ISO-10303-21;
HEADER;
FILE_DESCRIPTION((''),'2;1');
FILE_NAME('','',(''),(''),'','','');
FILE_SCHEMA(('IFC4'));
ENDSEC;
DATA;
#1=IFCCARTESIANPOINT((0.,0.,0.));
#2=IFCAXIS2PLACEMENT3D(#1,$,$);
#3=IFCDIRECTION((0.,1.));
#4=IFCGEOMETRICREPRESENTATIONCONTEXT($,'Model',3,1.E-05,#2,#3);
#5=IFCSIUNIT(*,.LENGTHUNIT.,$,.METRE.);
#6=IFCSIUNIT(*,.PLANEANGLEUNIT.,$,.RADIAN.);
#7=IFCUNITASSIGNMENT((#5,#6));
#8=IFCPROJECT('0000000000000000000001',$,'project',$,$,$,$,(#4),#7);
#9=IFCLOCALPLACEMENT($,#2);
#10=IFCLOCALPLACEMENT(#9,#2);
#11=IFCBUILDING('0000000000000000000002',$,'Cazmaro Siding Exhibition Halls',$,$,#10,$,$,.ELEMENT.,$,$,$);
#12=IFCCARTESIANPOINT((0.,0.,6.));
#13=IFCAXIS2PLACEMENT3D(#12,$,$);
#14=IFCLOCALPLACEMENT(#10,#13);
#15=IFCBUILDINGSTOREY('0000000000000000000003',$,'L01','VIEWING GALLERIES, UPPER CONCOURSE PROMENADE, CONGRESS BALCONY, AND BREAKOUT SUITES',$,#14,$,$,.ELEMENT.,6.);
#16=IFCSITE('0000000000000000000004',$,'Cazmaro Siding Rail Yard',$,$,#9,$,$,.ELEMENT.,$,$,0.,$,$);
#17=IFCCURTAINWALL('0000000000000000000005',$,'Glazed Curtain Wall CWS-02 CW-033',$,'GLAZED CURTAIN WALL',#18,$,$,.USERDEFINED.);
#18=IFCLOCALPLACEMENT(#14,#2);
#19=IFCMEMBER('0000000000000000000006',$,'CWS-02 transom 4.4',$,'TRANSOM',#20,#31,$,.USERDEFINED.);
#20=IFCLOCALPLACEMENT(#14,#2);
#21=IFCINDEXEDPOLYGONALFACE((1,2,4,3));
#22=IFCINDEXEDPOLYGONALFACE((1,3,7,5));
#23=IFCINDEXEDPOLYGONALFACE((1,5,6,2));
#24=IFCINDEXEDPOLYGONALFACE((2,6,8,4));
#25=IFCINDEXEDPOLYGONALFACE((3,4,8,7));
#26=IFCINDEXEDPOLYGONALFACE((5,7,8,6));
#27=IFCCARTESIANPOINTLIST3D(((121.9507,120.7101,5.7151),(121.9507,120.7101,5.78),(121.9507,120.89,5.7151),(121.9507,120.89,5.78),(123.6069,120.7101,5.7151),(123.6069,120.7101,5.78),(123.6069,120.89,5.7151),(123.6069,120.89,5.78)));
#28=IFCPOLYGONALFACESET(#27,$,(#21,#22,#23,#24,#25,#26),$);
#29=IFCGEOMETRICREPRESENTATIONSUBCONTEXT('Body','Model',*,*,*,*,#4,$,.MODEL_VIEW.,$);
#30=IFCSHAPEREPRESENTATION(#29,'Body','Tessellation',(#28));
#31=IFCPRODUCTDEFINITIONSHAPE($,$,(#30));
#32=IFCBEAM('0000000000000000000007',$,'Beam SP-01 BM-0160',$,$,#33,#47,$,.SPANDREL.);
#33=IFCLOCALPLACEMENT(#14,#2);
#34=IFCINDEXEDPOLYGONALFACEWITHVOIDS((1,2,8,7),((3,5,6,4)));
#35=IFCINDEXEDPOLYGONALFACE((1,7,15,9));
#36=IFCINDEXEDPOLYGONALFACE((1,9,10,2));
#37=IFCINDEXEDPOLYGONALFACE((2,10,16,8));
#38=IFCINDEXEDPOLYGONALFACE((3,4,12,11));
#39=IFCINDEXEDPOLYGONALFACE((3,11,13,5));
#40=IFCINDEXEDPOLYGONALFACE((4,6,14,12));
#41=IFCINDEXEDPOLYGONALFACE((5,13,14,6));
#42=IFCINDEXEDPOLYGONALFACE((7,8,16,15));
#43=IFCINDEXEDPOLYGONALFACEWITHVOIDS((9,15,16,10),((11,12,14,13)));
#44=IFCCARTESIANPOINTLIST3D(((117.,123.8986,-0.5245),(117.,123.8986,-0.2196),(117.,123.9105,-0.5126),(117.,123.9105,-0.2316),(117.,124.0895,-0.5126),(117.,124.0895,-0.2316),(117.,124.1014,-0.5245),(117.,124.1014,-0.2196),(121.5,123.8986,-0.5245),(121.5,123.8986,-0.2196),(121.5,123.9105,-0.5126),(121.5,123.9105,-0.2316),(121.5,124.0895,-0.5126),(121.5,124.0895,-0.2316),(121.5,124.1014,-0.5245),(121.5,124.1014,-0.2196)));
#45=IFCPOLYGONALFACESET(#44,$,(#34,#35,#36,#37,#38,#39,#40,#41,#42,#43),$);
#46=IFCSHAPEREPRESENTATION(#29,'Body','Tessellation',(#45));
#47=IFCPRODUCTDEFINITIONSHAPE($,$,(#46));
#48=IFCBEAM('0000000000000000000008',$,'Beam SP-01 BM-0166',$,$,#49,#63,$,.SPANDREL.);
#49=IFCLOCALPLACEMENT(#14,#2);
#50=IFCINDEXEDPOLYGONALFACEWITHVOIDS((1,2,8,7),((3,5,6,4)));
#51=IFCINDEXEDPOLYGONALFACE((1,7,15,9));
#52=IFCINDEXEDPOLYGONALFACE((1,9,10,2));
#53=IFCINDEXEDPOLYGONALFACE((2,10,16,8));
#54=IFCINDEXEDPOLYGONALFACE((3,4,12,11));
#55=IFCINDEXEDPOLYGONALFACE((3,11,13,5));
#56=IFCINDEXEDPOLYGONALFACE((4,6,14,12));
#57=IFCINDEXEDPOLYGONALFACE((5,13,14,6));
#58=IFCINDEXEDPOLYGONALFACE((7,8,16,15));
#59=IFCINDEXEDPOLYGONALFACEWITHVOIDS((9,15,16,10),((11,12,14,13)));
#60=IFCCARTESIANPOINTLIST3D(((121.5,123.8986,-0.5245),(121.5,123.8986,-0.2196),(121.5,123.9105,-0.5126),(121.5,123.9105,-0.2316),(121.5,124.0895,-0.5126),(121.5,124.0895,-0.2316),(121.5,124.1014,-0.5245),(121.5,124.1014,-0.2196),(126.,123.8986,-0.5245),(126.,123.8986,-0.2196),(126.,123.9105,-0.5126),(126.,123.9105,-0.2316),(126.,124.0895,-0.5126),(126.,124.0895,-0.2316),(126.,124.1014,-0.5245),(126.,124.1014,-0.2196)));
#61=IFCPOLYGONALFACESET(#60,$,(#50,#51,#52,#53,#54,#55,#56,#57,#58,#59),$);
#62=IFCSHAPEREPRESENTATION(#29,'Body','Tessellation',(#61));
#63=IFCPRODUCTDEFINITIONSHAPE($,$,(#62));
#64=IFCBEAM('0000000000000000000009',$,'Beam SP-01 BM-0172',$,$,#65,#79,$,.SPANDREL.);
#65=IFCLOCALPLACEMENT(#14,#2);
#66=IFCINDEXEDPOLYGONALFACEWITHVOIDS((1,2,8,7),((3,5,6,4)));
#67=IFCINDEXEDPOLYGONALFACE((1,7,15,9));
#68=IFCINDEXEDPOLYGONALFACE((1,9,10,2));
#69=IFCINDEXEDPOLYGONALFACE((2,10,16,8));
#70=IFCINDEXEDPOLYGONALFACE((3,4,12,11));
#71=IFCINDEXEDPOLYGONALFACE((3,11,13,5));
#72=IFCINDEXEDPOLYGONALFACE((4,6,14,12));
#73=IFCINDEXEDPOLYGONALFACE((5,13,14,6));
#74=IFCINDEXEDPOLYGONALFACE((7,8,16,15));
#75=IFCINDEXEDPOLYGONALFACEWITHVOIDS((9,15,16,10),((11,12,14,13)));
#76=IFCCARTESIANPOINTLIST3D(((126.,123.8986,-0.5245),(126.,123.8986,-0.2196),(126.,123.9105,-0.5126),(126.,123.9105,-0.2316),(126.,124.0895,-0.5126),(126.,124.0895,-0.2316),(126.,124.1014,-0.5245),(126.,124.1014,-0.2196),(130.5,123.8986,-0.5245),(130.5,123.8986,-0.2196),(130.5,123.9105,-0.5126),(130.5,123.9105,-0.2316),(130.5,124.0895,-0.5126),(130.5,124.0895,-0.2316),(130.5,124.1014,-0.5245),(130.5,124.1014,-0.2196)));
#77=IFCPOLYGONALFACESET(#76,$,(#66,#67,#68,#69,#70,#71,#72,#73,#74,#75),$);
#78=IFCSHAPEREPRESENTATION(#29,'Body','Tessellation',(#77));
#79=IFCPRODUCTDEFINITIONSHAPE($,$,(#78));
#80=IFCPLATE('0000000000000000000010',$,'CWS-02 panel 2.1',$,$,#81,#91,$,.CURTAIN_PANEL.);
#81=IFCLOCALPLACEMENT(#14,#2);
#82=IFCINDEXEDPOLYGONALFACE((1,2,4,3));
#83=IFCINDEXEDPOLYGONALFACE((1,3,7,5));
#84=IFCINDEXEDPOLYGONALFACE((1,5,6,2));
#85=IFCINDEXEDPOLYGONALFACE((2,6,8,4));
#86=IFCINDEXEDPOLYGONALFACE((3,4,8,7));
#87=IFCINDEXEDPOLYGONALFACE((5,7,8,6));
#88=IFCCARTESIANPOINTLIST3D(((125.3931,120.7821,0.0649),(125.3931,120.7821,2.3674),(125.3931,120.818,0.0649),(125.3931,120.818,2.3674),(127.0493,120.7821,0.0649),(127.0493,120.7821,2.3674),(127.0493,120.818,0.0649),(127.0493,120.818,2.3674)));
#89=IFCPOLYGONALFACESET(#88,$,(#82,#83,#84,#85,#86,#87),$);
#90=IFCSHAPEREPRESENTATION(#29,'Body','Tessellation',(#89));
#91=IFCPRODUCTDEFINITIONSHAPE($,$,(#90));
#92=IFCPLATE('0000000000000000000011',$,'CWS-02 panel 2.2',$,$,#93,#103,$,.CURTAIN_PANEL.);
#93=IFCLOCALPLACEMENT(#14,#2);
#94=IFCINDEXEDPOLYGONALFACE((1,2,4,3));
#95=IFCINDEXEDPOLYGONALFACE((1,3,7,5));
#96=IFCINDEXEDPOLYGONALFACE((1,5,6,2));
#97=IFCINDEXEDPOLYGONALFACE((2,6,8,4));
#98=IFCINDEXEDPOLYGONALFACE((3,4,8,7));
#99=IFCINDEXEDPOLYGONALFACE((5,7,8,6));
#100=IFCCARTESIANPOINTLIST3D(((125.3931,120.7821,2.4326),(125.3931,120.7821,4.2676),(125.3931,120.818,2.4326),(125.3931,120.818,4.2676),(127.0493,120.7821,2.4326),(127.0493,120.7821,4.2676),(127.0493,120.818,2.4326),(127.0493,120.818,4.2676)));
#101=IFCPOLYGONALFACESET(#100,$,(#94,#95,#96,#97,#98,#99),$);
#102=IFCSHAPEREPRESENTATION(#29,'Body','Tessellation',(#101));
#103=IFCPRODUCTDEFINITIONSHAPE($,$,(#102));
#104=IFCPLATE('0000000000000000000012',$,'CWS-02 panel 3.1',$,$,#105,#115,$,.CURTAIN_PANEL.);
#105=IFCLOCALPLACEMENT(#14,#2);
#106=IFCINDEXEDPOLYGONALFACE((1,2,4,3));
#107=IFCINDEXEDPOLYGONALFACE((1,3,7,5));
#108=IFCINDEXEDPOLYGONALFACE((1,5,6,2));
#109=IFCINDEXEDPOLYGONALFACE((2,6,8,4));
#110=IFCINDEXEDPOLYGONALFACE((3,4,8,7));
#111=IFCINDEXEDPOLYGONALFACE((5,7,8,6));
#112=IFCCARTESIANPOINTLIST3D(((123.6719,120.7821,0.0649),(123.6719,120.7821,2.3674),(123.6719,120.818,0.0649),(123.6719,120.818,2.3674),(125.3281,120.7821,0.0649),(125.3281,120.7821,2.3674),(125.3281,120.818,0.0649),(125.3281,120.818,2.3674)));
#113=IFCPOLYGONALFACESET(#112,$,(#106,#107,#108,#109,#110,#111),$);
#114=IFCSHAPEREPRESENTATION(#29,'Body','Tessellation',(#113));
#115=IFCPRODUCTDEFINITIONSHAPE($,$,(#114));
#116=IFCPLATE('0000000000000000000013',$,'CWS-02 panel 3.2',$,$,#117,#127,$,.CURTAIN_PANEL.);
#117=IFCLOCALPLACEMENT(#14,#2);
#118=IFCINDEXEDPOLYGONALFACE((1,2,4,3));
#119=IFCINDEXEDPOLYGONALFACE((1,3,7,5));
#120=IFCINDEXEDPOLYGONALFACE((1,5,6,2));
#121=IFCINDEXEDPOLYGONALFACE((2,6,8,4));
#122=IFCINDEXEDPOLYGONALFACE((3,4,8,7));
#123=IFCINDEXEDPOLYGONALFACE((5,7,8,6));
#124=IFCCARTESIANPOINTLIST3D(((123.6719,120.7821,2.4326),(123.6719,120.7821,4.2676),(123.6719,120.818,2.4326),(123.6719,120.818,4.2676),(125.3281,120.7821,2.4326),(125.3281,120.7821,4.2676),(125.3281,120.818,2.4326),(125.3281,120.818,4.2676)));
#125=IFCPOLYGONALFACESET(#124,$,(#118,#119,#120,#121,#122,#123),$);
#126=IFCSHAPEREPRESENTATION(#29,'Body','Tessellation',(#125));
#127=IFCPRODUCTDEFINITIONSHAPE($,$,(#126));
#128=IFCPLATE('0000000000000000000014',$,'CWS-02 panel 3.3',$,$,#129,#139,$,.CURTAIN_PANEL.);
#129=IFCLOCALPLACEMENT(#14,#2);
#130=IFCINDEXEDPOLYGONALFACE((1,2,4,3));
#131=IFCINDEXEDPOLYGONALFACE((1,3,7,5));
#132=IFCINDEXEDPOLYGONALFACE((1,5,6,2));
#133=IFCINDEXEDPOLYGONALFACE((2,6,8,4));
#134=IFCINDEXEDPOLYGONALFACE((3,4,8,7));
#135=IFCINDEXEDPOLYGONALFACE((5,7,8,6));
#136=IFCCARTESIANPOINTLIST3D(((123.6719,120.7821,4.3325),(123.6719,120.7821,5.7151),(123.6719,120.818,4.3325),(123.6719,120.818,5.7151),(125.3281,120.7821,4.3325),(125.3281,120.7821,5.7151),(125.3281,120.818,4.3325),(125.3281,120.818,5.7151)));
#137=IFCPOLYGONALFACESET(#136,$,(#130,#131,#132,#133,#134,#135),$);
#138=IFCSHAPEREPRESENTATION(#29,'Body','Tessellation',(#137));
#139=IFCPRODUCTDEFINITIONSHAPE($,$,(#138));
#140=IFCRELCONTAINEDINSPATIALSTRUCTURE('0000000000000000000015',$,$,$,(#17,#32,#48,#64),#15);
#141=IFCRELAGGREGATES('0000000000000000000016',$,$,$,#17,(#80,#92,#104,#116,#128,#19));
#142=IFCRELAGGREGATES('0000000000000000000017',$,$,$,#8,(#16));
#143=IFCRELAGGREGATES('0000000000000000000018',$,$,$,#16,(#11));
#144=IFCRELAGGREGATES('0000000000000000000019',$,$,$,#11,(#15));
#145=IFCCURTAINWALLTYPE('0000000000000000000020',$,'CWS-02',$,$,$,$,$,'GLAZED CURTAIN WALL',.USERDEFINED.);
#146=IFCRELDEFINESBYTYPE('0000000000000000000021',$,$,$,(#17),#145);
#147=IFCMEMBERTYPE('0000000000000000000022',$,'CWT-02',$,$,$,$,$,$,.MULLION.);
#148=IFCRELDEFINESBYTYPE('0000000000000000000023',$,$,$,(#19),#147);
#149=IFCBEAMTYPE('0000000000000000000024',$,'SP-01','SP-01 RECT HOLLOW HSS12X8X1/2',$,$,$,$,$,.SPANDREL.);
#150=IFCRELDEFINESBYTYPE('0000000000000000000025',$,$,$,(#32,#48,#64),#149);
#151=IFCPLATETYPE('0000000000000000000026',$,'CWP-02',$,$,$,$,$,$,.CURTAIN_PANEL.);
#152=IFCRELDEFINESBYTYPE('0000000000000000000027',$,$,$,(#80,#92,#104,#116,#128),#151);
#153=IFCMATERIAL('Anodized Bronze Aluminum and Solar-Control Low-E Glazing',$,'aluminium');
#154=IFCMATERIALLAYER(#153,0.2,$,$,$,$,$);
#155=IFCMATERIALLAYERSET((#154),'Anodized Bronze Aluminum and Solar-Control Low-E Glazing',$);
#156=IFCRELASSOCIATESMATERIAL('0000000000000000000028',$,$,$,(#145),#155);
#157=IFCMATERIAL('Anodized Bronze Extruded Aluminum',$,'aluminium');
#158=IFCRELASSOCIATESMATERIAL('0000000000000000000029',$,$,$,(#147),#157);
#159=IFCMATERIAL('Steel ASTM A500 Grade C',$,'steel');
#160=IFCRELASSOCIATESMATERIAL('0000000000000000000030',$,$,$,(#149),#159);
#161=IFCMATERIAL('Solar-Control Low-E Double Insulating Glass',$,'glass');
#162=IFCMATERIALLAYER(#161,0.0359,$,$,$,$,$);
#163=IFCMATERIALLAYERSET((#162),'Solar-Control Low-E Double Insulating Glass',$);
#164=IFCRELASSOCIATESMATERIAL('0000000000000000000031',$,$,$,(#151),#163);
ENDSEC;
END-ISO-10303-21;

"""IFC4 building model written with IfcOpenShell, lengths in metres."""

from ifc_helpers import new_model, si_unit, direction, frame, origin, origin_2d, place, context, subcontext, project, spatial, rectangle, hollow_rectangle, extrude, material, layer, layer_set, material_profile, profile_set, type_object, element, aggregate, save


model = new_model("IFC4")

# Units and contexts
model_context = context("Model", 3, precision=1e-05, world=origin(), true_north=direction((0.0, 1.0)))
body_context = subcontext(model_context, "Body", "Model", "MODEL_VIEW")
ifc_project = project(units=[si_unit("LENGTHUNIT", "METRE"), si_unit("PLANEANGLEUNIT", "RADIAN")], contexts=[model_context])

# Site, building, storey
site_placement = place(None, origin())
site = spatial("IfcSite", under=ifc_project, at=site_placement, Name="Cazmaro Siding Rail Yard", CompositionType="ELEMENT", RefElevation=0.0)
building_placement = place(site_placement, origin())
building = spatial("IfcBuilding", under=site, at=building_placement, Name="Cazmaro Siding Exhibition Halls", CompositionType="ELEMENT")
storey_placement = place(building_placement, frame((0.0, 0.0, 6.0)))
storey = spatial("IfcBuildingStorey", under=building, at=storey_placement, Name="L01", Description="VIEWING GALLERIES, UPPER CONCOURSE PROMENADE, CONGRESS BALCONY, AND BREAKOUT SUITES", CompositionType="ELEMENT", Elevation=6.0)

# Curtain wall, member
ifc_material_1 = material(Name="Anodized Bronze Aluminum and Solar-Control Low-E Glazing", Category="aluminium")
ifc_layer_1 = layer(ifc_material_1, 0.2)
ifc_layer_set_1 = layer_set([ifc_layer_1], Name="Anodized Bronze Aluminum and Solar-Control Low-E Glazing")
curtain_wall_type = type_object("IfcCurtainWallType", Name="CWS-02", ElementType="GLAZED CURTAIN WALL", PredefinedType="USERDEFINED", material=ifc_layer_set_1)
curtain_wall_placement = place(storey_placement, origin())
curtain_wall = element("IfcCurtainWall", 1, at=curtain_wall_placement, inside=storey, type_object=curtain_wall_type, Name="Glazed Curtain Wall CWS-02 CW-033", ObjectType="GLAZED CURTAIN WALL", PredefinedType="USERDEFINED")
ifc_material_2 = material(Name="Anodized Bronze Extruded Aluminum", Category="aluminium")
ifc_material_profile_1 = material_profile(ifc_material_2, rectangle(XDim=0.1799, YDim=0.0649, at=origin_2d()), Name="CWT-02")
ifc_profile_set_1 = profile_set([ifc_material_profile_1], Name="Anodized Bronze Extruded Aluminum")
member_type_1 = type_object("IfcMemberType", Name="CWT-02", PredefinedType="MULLION", material=ifc_profile_set_1)
member_1_placement = place(storey_placement, frame((123.6069, 120.8, 5.7476), z_axis=(-1.0, 0.0, 0.0), x_axis=(0.0, -1.0, 0.0)))
member_1 = element("IfcMember", 2, at=member_1_placement, type_object=member_type_1, Name="CWS-02 transom 4.4", ObjectType="TRANSOM", PredefinedType="USERDEFINED", context=body_context, shape_type="SweptSolid", body=[
    extrude(rectangle(XDim=0.1799, YDim=0.0649, at=origin_2d()), origin(), (0.0, 0.0, 1.0), 1.6562),
])

# Beams
ifc_material_3 = material(Name="Steel ASTM A500 Grade C", Category="steel")
ifc_material_profile_2 = material_profile(ifc_material_3, hollow_rectangle(XDim=0.2029, YDim=0.3049, WallThickness=0.012, at=origin_2d()), Name="HSS12X8X1/2")
ifc_profile_set_2 = profile_set([ifc_material_profile_2], Name="Steel ASTM A500 Grade C")
beam_type = type_object("IfcBeamType", Name="SP-01", Description="SP-01 RECT HOLLOW HSS12X8X1/2", PredefinedType="SPANDREL", material=ifc_profile_set_2)
for number, where, z_axis, x_axis, name in (
    (3, (117.0, 124.0, -0.3721), (1.0, 0.0, 0.0), (0.0, 1.0, 0.0), "Beam SP-01 BM-0160"),
    (4, (121.5, 124.0, -0.3721), (1.0, 0.0, 0.0), (0.0, 1.0, 0.0), "Beam SP-01 BM-0166"),
    (5, (126.0, 124.0, -0.3721), (1.0, 0.0, 0.0), (0.0, 1.0, 0.0), "Beam SP-01 BM-0172"),
):
    element("IfcBeam", number, at=place(storey_placement, frame(where, z_axis=z_axis, x_axis=x_axis)), inside=storey, type_object=beam_type, Name=name, PredefinedType="SPANDREL", context=body_context, shape_type="SweptSolid", body=[
        extrude(hollow_rectangle(XDim=0.2029, YDim=0.3049, WallThickness=0.012, at=origin_2d()), origin(), (0.0, 0.0, 1.0), 4.5),
    ])

# Plates
ifc_material_4 = material(Name="Solar-Control Low-E Double Insulating Glass", Category="glass")
ifc_layer_2 = layer(ifc_material_4, 0.0359)
ifc_layer_set_2 = layer_set([ifc_layer_2], Name="Solar-Control Low-E Double Insulating Glass")
plate_type = type_object("IfcPlateType", Name="CWP-02", PredefinedType="CURTAIN_PANEL", material=ifc_layer_set_2)
plate_1_placement = place(storey_placement, frame((126.2212, 120.8, 0.0649), z_axis=(0.0, 0.0, 1.0), x_axis=(-1.0, 0.0, 0.0)))
plate_1 = element("IfcPlate", 6, at=plate_1_placement, type_object=plate_type, Name="CWS-02 panel 2.1", PredefinedType="CURTAIN_PANEL", context=body_context, shape_type="SweptSolid", body=[
    extrude(rectangle(XDim=1.6562, YDim=0.0359, at=origin_2d()), origin(), (0.0, 0.0, 1.0), 2.3025),
])
plate_2_placement = place(storey_placement, frame((126.2212, 120.8, 2.4326), z_axis=(0.0, 0.0, 1.0), x_axis=(-1.0, 0.0, 0.0)))
plate_2 = element("IfcPlate", 7, at=plate_2_placement, type_object=plate_type, Name="CWS-02 panel 2.2", PredefinedType="CURTAIN_PANEL", context=body_context, shape_type="SweptSolid", body=[
    extrude(rectangle(XDim=1.6562, YDim=0.0359, at=origin_2d()), origin(), (0.0, 0.0, 1.0), 1.835),
])
plate_3_placement = place(storey_placement, frame((124.5, 120.8, 0.0649), z_axis=(0.0, 0.0, 1.0), x_axis=(-1.0, 0.0, 0.0)))
plate_3 = element("IfcPlate", 8, at=plate_3_placement, type_object=plate_type, Name="CWS-02 panel 3.1", PredefinedType="CURTAIN_PANEL", context=body_context, shape_type="SweptSolid", body=[
    extrude(rectangle(XDim=1.6562, YDim=0.0359, at=origin_2d()), origin(), (0.0, 0.0, 1.0), 2.3025),
])
plate_4_placement = place(storey_placement, frame((124.5, 120.8, 2.4326), z_axis=(0.0, 0.0, 1.0), x_axis=(-1.0, 0.0, 0.0)))
plate_4 = element("IfcPlate", 9, at=plate_4_placement, type_object=plate_type, Name="CWS-02 panel 3.2", PredefinedType="CURTAIN_PANEL", context=body_context, shape_type="SweptSolid", body=[
    extrude(rectangle(XDim=1.6562, YDim=0.0359, at=origin_2d()), origin(), (0.0, 0.0, 1.0), 1.835),
])
plate_5_placement = place(storey_placement, frame((124.5, 120.8, 4.3325), z_axis=(0.0, 0.0, 1.0), x_axis=(-1.0, 0.0, 0.0)))
plate_5 = element("IfcPlate", 10, at=plate_5_placement, type_object=plate_type, Name="CWS-02 panel 3.3", PredefinedType="CURTAIN_PANEL", context=body_context, shape_type="SweptSolid", body=[
    extrude(rectangle(XDim=1.6562, YDim=0.0359, at=origin_2d()), origin(), (0.0, 0.0, 1.0), 1.3826),
])
aggregate(curtain_wall, [plate_1, plate_2, plate_3, plate_4, plate_5, member_1])

save(model, "model.ifc")
